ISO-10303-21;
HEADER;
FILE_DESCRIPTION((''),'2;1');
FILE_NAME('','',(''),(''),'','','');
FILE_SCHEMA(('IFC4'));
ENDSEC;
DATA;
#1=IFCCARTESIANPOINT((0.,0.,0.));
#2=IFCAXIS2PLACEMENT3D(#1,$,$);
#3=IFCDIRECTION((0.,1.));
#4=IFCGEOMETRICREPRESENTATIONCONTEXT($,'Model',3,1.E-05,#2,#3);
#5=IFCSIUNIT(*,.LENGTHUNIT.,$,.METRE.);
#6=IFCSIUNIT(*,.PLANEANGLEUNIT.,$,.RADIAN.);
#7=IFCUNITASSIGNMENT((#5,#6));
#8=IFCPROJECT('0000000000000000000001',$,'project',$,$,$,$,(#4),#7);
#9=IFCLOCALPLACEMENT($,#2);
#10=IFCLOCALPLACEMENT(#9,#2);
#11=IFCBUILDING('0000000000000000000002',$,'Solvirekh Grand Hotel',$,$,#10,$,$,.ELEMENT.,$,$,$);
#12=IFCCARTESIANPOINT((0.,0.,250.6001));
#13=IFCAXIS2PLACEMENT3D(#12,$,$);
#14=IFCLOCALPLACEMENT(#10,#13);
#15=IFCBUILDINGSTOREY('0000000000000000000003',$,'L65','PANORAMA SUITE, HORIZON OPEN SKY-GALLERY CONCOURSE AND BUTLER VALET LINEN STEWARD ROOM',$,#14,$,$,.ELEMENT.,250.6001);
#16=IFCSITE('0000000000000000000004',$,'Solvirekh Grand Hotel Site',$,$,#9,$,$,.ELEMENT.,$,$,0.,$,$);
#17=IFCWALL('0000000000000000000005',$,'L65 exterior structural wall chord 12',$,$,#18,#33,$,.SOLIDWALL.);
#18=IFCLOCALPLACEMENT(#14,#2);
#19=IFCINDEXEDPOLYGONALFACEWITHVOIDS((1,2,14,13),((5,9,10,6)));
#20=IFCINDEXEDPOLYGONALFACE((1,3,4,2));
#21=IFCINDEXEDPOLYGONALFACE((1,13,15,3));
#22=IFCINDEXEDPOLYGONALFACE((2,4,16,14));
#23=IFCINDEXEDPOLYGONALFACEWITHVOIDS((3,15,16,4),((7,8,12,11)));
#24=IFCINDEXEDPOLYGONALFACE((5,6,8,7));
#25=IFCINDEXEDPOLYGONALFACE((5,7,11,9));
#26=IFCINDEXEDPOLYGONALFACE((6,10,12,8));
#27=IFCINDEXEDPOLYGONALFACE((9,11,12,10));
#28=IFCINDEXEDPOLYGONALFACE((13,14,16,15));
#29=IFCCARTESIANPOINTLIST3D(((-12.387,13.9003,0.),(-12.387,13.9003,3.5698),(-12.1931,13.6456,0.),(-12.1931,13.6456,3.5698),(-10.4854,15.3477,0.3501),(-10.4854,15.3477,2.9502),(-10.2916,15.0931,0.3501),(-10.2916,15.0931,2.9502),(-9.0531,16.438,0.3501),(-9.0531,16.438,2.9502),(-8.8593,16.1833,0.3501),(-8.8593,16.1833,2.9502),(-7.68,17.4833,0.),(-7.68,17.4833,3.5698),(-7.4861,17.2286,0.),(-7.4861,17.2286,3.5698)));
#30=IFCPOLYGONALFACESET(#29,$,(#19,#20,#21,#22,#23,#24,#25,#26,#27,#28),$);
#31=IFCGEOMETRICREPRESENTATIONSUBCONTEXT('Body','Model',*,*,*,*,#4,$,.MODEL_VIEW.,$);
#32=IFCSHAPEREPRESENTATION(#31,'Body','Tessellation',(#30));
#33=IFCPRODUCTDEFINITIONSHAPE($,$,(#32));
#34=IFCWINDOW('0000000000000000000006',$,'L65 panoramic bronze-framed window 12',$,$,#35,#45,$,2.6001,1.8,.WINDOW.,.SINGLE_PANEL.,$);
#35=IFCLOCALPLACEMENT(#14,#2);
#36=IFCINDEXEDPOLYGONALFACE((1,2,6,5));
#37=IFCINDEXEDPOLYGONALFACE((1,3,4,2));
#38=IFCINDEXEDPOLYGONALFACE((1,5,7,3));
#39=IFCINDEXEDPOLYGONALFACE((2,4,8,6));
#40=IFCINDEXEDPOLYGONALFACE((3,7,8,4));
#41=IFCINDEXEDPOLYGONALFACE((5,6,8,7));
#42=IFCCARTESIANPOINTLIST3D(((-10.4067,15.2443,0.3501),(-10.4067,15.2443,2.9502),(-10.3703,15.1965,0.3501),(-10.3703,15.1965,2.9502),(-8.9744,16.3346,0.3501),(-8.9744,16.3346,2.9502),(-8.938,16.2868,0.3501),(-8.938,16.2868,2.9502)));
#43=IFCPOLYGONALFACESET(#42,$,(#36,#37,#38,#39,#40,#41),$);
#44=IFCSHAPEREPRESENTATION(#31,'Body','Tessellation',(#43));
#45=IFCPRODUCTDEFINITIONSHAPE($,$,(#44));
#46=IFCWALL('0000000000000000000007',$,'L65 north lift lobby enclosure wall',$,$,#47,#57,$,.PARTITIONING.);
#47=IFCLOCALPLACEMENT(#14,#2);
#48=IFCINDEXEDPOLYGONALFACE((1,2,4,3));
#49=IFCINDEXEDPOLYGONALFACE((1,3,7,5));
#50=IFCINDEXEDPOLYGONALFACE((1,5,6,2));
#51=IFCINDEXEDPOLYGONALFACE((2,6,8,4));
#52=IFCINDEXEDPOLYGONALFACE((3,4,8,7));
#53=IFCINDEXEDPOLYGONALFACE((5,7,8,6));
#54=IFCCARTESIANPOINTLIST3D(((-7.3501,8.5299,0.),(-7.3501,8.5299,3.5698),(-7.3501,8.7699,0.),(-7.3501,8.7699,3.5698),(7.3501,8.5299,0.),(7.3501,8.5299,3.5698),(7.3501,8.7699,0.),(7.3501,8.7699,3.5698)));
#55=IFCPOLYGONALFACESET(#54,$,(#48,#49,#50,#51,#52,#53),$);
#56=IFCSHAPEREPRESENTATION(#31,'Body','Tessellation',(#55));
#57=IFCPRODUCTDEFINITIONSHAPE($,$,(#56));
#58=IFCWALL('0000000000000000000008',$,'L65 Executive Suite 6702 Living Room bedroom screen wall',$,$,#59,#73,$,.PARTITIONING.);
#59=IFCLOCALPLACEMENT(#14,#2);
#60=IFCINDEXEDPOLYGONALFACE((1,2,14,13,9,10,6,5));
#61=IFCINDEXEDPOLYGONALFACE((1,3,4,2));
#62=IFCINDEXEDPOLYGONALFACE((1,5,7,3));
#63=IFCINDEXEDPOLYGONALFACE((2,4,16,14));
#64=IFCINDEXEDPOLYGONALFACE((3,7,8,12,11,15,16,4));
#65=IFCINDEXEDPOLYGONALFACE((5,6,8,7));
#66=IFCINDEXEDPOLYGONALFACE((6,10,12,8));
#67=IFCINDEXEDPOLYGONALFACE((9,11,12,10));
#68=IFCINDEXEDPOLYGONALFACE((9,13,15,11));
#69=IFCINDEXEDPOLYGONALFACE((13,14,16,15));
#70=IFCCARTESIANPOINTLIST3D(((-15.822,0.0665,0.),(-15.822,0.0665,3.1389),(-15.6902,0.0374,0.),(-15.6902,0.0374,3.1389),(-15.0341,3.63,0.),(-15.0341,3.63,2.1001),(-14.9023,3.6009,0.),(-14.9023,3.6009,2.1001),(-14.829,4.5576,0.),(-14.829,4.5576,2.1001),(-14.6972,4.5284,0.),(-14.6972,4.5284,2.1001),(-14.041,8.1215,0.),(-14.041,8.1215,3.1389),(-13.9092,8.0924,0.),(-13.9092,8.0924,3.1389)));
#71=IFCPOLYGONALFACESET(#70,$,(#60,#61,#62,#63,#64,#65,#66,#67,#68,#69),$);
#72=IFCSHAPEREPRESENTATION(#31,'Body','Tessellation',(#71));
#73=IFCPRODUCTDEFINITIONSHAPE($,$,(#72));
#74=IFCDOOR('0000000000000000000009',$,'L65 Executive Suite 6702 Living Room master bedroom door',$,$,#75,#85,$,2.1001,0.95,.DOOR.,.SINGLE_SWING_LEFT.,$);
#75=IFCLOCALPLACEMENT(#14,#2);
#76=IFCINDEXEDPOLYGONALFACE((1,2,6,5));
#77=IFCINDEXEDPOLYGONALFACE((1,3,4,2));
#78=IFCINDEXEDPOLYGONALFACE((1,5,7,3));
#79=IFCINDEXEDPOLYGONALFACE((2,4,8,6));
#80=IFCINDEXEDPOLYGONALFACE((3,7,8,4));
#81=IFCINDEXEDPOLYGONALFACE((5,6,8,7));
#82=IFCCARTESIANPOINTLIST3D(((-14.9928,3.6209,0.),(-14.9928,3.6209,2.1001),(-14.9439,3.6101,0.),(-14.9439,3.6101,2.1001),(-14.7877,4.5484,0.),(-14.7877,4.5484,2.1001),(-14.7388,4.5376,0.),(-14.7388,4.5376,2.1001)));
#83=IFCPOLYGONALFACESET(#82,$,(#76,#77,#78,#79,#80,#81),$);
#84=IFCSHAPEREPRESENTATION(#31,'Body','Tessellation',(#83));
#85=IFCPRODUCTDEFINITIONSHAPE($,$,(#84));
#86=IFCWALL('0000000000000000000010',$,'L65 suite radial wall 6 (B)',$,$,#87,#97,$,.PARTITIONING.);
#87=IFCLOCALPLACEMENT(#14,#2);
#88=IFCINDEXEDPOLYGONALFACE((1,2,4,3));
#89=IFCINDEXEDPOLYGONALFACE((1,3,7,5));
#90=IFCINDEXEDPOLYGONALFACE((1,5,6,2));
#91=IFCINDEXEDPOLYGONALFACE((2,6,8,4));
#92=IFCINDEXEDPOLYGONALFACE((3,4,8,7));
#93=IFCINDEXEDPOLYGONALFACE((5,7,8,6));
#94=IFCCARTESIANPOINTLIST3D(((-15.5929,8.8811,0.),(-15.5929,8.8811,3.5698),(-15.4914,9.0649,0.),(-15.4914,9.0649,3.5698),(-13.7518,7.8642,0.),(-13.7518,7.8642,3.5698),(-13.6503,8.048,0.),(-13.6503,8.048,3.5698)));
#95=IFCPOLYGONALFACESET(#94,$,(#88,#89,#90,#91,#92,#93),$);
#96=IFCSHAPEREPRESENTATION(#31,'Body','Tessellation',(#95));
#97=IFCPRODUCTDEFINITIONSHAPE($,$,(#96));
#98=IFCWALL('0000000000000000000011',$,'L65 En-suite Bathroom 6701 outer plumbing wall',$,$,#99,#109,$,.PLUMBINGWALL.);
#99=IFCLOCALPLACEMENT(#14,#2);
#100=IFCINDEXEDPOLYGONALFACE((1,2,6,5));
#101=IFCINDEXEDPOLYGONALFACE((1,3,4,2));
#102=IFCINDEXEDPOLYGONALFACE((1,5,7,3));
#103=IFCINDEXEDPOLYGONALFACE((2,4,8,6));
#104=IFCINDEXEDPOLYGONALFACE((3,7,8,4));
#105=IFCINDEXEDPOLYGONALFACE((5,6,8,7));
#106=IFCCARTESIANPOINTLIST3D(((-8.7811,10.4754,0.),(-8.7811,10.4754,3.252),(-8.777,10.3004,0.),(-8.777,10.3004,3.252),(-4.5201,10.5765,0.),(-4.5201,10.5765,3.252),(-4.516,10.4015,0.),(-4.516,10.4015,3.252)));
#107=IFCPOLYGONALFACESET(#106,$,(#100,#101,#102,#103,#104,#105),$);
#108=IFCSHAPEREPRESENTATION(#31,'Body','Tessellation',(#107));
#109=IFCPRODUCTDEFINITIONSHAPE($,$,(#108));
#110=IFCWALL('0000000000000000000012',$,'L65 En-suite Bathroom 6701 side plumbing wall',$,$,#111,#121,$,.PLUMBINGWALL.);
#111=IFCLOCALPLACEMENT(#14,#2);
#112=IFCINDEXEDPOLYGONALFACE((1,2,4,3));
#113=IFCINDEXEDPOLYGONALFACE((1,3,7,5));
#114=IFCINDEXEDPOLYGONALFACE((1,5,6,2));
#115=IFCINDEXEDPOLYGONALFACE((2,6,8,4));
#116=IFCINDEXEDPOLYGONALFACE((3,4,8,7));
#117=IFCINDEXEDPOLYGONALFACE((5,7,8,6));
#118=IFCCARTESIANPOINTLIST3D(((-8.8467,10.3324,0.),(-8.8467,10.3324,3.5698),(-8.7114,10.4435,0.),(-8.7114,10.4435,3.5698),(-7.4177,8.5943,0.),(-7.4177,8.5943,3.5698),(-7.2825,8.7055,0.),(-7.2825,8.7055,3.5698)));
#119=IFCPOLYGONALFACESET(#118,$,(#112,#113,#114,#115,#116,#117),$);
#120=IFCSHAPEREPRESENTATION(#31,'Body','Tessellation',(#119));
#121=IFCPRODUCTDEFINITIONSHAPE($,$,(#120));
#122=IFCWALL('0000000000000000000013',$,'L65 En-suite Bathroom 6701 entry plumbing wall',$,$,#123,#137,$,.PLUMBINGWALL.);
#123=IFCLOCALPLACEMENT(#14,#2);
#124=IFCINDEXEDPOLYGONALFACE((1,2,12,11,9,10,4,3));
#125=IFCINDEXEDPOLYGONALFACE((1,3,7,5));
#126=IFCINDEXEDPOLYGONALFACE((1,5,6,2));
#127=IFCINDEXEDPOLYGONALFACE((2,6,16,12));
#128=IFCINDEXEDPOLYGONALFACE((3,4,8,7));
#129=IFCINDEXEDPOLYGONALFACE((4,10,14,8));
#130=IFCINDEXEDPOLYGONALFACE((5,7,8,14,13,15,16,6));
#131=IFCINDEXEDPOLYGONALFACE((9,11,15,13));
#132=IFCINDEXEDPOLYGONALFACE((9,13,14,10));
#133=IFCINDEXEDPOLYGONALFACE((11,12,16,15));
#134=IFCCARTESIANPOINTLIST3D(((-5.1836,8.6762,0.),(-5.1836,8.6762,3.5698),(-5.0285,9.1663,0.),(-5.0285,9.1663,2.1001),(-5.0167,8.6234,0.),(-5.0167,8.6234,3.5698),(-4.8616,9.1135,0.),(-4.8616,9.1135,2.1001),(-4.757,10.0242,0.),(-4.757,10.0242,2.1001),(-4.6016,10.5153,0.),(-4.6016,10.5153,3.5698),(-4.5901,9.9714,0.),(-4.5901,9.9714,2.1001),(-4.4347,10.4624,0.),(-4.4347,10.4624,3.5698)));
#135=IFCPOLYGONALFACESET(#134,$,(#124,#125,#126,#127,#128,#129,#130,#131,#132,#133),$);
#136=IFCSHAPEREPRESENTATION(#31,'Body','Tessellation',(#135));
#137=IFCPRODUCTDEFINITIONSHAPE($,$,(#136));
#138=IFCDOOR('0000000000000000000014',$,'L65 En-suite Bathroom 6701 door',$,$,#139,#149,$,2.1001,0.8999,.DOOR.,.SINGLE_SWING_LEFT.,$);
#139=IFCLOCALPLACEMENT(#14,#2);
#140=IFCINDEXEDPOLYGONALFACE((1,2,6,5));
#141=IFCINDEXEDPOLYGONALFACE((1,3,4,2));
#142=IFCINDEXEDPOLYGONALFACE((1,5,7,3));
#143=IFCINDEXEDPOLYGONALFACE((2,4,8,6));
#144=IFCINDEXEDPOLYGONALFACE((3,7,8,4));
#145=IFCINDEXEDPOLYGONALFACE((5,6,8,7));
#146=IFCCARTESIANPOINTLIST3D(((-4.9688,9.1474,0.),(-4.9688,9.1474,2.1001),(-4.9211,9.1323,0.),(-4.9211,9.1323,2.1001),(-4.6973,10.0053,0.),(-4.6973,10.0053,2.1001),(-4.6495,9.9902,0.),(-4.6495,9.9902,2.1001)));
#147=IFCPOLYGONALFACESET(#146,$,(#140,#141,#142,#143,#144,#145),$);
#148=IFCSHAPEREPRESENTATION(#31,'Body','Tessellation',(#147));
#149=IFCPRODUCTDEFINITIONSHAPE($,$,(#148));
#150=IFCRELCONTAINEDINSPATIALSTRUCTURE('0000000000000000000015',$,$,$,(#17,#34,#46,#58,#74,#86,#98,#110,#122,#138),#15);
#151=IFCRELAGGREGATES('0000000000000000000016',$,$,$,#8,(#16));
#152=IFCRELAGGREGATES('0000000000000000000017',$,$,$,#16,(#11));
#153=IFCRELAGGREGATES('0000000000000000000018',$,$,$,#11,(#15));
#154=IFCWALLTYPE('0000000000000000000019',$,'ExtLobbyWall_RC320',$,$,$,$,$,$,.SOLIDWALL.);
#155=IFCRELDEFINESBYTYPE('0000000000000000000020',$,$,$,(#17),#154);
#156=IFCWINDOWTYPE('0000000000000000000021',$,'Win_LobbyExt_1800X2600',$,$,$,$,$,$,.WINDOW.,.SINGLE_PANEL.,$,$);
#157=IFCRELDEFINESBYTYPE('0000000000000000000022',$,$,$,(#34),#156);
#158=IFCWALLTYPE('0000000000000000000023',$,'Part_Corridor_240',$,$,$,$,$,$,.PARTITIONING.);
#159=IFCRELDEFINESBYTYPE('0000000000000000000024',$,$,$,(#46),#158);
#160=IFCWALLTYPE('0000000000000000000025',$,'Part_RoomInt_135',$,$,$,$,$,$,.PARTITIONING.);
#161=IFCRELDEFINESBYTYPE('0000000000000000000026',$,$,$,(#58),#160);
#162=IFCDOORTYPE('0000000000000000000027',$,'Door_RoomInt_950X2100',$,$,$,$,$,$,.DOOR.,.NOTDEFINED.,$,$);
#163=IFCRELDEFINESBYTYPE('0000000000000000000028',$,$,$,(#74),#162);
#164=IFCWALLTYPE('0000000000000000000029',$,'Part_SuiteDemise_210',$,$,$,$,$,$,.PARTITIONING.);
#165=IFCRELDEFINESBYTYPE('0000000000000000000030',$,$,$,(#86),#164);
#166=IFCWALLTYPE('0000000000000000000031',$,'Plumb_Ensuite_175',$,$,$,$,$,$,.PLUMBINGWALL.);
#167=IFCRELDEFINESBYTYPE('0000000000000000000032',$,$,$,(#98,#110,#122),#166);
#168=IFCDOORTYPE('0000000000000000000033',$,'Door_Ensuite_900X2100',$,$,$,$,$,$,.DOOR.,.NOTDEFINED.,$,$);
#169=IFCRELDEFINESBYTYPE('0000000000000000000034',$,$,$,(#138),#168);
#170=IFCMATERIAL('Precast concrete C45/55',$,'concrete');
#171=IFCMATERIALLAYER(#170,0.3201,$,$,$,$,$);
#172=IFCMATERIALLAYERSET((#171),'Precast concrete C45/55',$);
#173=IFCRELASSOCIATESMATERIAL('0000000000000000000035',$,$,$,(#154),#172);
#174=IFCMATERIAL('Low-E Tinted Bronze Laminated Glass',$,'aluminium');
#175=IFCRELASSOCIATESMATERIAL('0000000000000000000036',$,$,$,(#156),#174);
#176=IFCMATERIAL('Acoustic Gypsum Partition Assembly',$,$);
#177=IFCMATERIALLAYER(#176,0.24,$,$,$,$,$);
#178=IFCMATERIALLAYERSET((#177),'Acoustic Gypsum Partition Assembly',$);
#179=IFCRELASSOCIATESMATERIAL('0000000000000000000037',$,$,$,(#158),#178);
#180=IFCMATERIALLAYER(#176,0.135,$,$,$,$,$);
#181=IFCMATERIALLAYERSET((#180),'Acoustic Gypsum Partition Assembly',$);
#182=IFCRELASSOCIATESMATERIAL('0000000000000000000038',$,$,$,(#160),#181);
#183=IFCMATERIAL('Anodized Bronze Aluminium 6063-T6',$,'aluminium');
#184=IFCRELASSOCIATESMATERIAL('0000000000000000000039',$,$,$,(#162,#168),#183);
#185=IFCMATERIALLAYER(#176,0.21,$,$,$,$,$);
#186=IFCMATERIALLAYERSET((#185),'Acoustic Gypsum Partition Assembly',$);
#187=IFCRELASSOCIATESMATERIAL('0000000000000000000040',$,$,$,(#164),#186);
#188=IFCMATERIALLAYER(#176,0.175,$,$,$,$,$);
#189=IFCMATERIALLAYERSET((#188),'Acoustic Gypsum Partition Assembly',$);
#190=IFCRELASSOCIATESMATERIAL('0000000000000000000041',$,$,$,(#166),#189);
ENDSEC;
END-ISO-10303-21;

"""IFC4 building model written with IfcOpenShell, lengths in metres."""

from ifc_helpers import new_model, si_unit, direction, frame, frame_2d, origin, place, context, subcontext, project, spatial, rectangle, extrude, material, layer, layer_set, type_object, element, fill, save


model = new_model("IFC4")

# Units and contexts
model_context = context("Model", 3, precision=1e-05, world=origin(), true_north=direction((0.0, 1.0)))
body_context = subcontext(model_context, "Body", "Model", "MODEL_VIEW")
ifc_project = project(units=[si_unit("LENGTHUNIT", "METRE"), si_unit("PLANEANGLEUNIT", "RADIAN")], contexts=[model_context])

# Site, building, storey
site_placement = place(None, origin())
site = spatial("IfcSite", under=ifc_project, at=site_placement, Name="Solvirekh Grand Hotel Site", CompositionType="ELEMENT", RefElevation=0.0)
building_placement = place(site_placement, origin())
building = spatial("IfcBuilding", under=site, at=building_placement, Name="Solvirekh Grand Hotel", CompositionType="ELEMENT")
storey_placement = place(building_placement, frame((0.0, 0.0, 250.6001)))
storey = spatial("IfcBuildingStorey", under=building, at=storey_placement, Name="L65", Description="PANORAMA SUITE, HORIZON OPEN SKY-GALLERY CONCOURSE AND BUTLER VALET LINEN STEWARD ROOM", CompositionType="ELEMENT", Elevation=250.6001)

# Shared definitions
ifc_material_1 = material(Name="Anodized Bronze Aluminium 6063-T6", Category="aluminium")

# Shared definitions
ifc_material_2 = material(Name="Low-E Tinted Bronze Laminated Glass", Category="aluminium")

# Wall, opening, window
ifc_material_3 = material(Name="Precast concrete C45/55", Category="concrete")
ifc_layer_1 = layer(ifc_material_3, 0.3201)
ifc_layer_set_1 = layer_set([ifc_layer_1], Name="Precast concrete C45/55")
wall_type_1 = type_object("IfcWallType", Name="ExtLobbyWall_RC320", PredefinedType="SOLIDWALL", material=ifc_layer_set_1)
window_type = type_object("IfcWindowType", Name="Win_LobbyExt_1800X2600", PartitioningType="SINGLE_PANEL", PredefinedType="WINDOW", material=ifc_material_2)
wall_1_placement = place(storey_placement, frame((-12.29, 13.7729, 0.0), z_axis=(0.0, 0.0, 1.0), x_axis=(0.795701, 0.60569, 0.0)))
wall_1 = element("IfcWall", 1, at=wall_1_placement, inside=storey, type_object=wall_type_1, Name="L65 exterior structural wall chord 12", PredefinedType="SOLIDWALL", context=body_context, shape_type="SweptSolid", body=[
    extrude(rectangle(XDim=5.9155, YDim=0.3201, at=frame_2d((2.9578, 0.0))), origin(), (0.0, 0.0, 1.0), 3.5698),
])
opening_1_placement = place(wall_1_placement, frame((2.3899, 0.0, 0.3501)))
opening_1 = element("IfcOpeningElement", 2, at=opening_1_placement, cuts=wall_1, PredefinedType="OPENING", context=body_context, shape_type="SweptSolid", body=[
    extrude(rectangle(XDim=1.8, YDim=2.6001, at=frame_2d((0.8999, 1.3))), frame((0.0, 0.1699, 0.0), z_axis=(0.0, -1.0, 0.0), x_axis=(1.0, 0.0, 0.0)), (0.0, 0.0, 1.0), 0.3401),
])
window_1_placement = place(opening_1_placement, origin())
window_1 = element("IfcWindow", 3, at=window_1_placement, inside=storey, type_object=window_type, Name="L65 panoramic bronze-framed window 12", OverallHeight=2.6001, OverallWidth=1.8, PartitioningType="SINGLE_PANEL", PredefinedType="WINDOW", context=body_context, shape_type="SweptSolid", body=[
    extrude(rectangle(XDim=1.8, YDim=2.6001, at=frame_2d((0.8999, 1.3))), frame((0.0, 0.03, 0.0), z_axis=(0.0, -1.0, 0.0), x_axis=(1.0, 0.0, 0.0)), (0.0, 0.0, 1.0), 0.0601),
])
fill(opening_1, window_1)

# Wall
ifc_material_4 = material(Name="Acoustic Gypsum Partition Assembly")
ifc_layer_2 = layer(ifc_material_4, 0.24)
ifc_layer_set_2 = layer_set([ifc_layer_2], Name="Acoustic Gypsum Partition Assembly")
wall_type_2 = type_object("IfcWallType", Name="Part_Corridor_240", PredefinedType="PARTITIONING", material=ifc_layer_set_2)
wall_2_placement = place(storey_placement, frame((-7.3501, 8.6499, 0.0), z_axis=(0.0, 0.0, 1.0), x_axis=(1.0, 0.0, 0.0)))
element("IfcWall", 4, at=wall_2_placement, inside=storey, type_object=wall_type_2, Name="L65 north lift lobby enclosure wall", PredefinedType="PARTITIONING", context=body_context, shape_type="SweptSolid", body=[
    extrude(rectangle(XDim=14.7002, YDim=0.24, at=frame_2d((7.3501, 0.0))), origin(), (0.0, 0.0, 1.0), 3.5698),
])

# Wall, opening, door
ifc_layer_3 = layer(ifc_material_4, 0.135)
ifc_layer_set_3 = layer_set([ifc_layer_3], Name="Acoustic Gypsum Partition Assembly")
wall_type_3 = type_object("IfcWallType", Name="Part_RoomInt_135", PredefinedType="PARTITIONING", material=ifc_layer_set_3)
wall_3_placement = place(storey_placement, frame((-13.9751, 8.1069, 0.0), z_axis=(0.0, 0.0, 1.0), x_axis=(-0.215893, -0.976417, 0.0)))
wall_3 = element("IfcWall", 5, at=wall_3_placement, inside=storey, type_object=wall_type_3, Name="L65 Executive Suite 6702 Living Room bedroom screen wall", PredefinedType="PARTITIONING", context=body_context, shape_type="SweptSolid", body=[
    extrude(rectangle(XDim=8.2495, YDim=0.135, at=frame_2d((4.1248, 0.0))), origin(), (0.0, 0.0, 1.0), 3.1389),
])
opening_2_placement = place(wall_3_placement, frame((3.6499, 0.0, 0.0)))
opening_2 = element("IfcOpeningElement", 6, at=opening_2_placement, cuts=wall_3, PredefinedType="OPENING", context=body_context, shape_type="SweptSolid", body=[
    extrude(rectangle(XDim=0.95, YDim=2.1001, at=frame_2d((0.4751, 1.05))), frame((0.0, 0.0776, 0.0), z_axis=(0.0, -1.0, 0.0), x_axis=(1.0, 0.0, 0.0)), (0.0, 0.0, 1.0), 0.155),
])
door_type_1 = type_object("IfcDoorType", Name="Door_RoomInt_950X2100", OperationType="NOTDEFINED", PredefinedType="DOOR", material=ifc_material_1)
door_1_placement = place(opening_2_placement, origin())
door_1 = element("IfcDoor", 7, at=door_1_placement, inside=storey, type_object=door_type_1, Name="L65 Executive Suite 6702 Living Room master bedroom door", OperationType="SINGLE_SWING_LEFT", OverallHeight=2.1001, OverallWidth=0.95, PredefinedType="DOOR", context=body_context, shape_type="SweptSolid", body=[
    extrude(rectangle(XDim=0.95, YDim=2.1001, at=frame_2d((0.4751, 1.05))), frame((0.0, 0.0249, 0.0), z_axis=(0.0, -1.0, 0.0), x_axis=(1.0, 0.0, 0.0)), (0.0, 0.0, 1.0), 0.05),
])
fill(opening_2, door_1)

# Walls
ifc_layer_4 = layer(ifc_material_4, 0.21)
ifc_layer_set_4 = layer_set([ifc_layer_4], Name="Acoustic Gypsum Partition Assembly")
wall_type_4 = type_object("IfcWallType", Name="Part_SuiteDemise_210", PredefinedType="PARTITIONING", material=ifc_layer_set_4)
wall_4_placement = place(storey_placement, frame((-13.7009, 7.9561, 0.0), z_axis=(0.0, 0.0, 1.0), x_axis=(-0.875359, 0.483473, 0.0)))
element("IfcWall", 8, at=wall_4_placement, inside=storey, type_object=wall_type_4, Name="L65 suite radial wall 6 (B)", PredefinedType="PARTITIONING", context=body_context, shape_type="SweptSolid", body=[
    extrude(rectangle(XDim=2.1033, YDim=0.21, at=frame_2d((1.0518, 0.0))), origin(), (0.0, 0.0, 1.0), 3.5698),
])
ifc_layer_5 = layer(ifc_material_4, 0.175)
ifc_layer_set_5 = layer_set([ifc_layer_5], Name="Acoustic Gypsum Partition Assembly")
wall_type_5 = type_object("IfcWallType", Name="Plumb_Ensuite_175", PredefinedType="PLUMBINGWALL", material=ifc_layer_set_5)
wall_5_placement = place(storey_placement, frame((-8.7791, 10.3879, 0.0), z_axis=(0.0, 0.0, 1.0), x_axis=(0.999719, 0.023714, 0.0)))
element("IfcWall", 9, at=wall_5_placement, inside=storey, type_object=wall_type_5, Name="L65 En-suite Bathroom 6701 outer plumbing wall", PredefinedType="PLUMBINGWALL", context=body_context, shape_type="SweptSolid", body=[
    extrude(rectangle(XDim=4.2622, YDim=0.175, at=frame_2d((2.1311, 0.0))), origin(), (0.0, 0.0, 1.0), 3.252),
])
wall_6_placement = place(storey_placement, frame((-8.7791, 10.3879, 0.0), z_axis=(0.0, 0.0, 1.0), x_axis=(0.63508, -0.772447, 0.0)))
element("IfcWall", 10, at=wall_6_placement, inside=storey, type_object=wall_type_5, Name="L65 En-suite Bathroom 6701 side plumbing wall", PredefinedType="PLUMBINGWALL", context=body_context, shape_type="SweptSolid", body=[
    extrude(rectangle(XDim=2.25, YDim=0.175, at=frame_2d((1.125, 0.0))), origin(), (0.0, 0.0, 1.0), 3.5698),
])

# Wall, opening, door
wall_7_placement = place(storey_placement, frame((-5.1001, 8.6499, 0.0), z_axis=(0.0, 0.0, 1.0), x_axis=(0.301725, 0.953395, 0.0)))
wall_7 = element("IfcWall", 11, at=wall_7_placement, inside=storey, type_object=wall_type_5, Name="L65 En-suite Bathroom 6701 entry plumbing wall", PredefinedType="PLUMBINGWALL", context=body_context, shape_type="SweptSolid", body=[
    extrude(rectangle(XDim=1.929, YDim=0.175, at=frame_2d((0.9644, 0.0))), origin(), (0.0, 0.0, 1.0), 3.5698),
])
opening_3_placement = place(wall_7_placement, frame((0.5139, 0.0, 0.0)))
opening_3 = element("IfcOpeningElement", 12, at=opening_3_placement, cuts=wall_7, PredefinedType="OPENING", context=body_context, shape_type="SweptSolid", body=[
    extrude(rectangle(XDim=0.8999, YDim=2.1001, at=frame_2d((0.45, 1.05))), frame((0.0, 0.0977, 0.0), z_axis=(0.0, -1.0, 0.0), x_axis=(1.0, 0.0, 0.0)), (0.0, 0.0, 1.0), 0.1951),
])
door_type_2 = type_object("IfcDoorType", Name="Door_Ensuite_900X2100", OperationType="NOTDEFINED", PredefinedType="DOOR", material=ifc_material_1)
door_2_placement = place(opening_3_placement, origin())
door_2 = element("IfcDoor", 13, at=door_2_placement, inside=storey, type_object=door_type_2, Name="L65 En-suite Bathroom 6701 door", OperationType="SINGLE_SWING_LEFT", OverallHeight=2.1001, OverallWidth=0.8999, PredefinedType="DOOR", context=body_context, shape_type="SweptSolid", body=[
    extrude(rectangle(XDim=0.8999, YDim=2.1001, at=frame_2d((0.45, 1.05))), frame((0.0, 0.0249, 0.0), z_axis=(0.0, -1.0, 0.0), x_axis=(1.0, 0.0, 0.0)), (0.0, 0.0, 1.0), 0.05),
])
fill(opening_3, door_2)

save(model, "model.ifc")
